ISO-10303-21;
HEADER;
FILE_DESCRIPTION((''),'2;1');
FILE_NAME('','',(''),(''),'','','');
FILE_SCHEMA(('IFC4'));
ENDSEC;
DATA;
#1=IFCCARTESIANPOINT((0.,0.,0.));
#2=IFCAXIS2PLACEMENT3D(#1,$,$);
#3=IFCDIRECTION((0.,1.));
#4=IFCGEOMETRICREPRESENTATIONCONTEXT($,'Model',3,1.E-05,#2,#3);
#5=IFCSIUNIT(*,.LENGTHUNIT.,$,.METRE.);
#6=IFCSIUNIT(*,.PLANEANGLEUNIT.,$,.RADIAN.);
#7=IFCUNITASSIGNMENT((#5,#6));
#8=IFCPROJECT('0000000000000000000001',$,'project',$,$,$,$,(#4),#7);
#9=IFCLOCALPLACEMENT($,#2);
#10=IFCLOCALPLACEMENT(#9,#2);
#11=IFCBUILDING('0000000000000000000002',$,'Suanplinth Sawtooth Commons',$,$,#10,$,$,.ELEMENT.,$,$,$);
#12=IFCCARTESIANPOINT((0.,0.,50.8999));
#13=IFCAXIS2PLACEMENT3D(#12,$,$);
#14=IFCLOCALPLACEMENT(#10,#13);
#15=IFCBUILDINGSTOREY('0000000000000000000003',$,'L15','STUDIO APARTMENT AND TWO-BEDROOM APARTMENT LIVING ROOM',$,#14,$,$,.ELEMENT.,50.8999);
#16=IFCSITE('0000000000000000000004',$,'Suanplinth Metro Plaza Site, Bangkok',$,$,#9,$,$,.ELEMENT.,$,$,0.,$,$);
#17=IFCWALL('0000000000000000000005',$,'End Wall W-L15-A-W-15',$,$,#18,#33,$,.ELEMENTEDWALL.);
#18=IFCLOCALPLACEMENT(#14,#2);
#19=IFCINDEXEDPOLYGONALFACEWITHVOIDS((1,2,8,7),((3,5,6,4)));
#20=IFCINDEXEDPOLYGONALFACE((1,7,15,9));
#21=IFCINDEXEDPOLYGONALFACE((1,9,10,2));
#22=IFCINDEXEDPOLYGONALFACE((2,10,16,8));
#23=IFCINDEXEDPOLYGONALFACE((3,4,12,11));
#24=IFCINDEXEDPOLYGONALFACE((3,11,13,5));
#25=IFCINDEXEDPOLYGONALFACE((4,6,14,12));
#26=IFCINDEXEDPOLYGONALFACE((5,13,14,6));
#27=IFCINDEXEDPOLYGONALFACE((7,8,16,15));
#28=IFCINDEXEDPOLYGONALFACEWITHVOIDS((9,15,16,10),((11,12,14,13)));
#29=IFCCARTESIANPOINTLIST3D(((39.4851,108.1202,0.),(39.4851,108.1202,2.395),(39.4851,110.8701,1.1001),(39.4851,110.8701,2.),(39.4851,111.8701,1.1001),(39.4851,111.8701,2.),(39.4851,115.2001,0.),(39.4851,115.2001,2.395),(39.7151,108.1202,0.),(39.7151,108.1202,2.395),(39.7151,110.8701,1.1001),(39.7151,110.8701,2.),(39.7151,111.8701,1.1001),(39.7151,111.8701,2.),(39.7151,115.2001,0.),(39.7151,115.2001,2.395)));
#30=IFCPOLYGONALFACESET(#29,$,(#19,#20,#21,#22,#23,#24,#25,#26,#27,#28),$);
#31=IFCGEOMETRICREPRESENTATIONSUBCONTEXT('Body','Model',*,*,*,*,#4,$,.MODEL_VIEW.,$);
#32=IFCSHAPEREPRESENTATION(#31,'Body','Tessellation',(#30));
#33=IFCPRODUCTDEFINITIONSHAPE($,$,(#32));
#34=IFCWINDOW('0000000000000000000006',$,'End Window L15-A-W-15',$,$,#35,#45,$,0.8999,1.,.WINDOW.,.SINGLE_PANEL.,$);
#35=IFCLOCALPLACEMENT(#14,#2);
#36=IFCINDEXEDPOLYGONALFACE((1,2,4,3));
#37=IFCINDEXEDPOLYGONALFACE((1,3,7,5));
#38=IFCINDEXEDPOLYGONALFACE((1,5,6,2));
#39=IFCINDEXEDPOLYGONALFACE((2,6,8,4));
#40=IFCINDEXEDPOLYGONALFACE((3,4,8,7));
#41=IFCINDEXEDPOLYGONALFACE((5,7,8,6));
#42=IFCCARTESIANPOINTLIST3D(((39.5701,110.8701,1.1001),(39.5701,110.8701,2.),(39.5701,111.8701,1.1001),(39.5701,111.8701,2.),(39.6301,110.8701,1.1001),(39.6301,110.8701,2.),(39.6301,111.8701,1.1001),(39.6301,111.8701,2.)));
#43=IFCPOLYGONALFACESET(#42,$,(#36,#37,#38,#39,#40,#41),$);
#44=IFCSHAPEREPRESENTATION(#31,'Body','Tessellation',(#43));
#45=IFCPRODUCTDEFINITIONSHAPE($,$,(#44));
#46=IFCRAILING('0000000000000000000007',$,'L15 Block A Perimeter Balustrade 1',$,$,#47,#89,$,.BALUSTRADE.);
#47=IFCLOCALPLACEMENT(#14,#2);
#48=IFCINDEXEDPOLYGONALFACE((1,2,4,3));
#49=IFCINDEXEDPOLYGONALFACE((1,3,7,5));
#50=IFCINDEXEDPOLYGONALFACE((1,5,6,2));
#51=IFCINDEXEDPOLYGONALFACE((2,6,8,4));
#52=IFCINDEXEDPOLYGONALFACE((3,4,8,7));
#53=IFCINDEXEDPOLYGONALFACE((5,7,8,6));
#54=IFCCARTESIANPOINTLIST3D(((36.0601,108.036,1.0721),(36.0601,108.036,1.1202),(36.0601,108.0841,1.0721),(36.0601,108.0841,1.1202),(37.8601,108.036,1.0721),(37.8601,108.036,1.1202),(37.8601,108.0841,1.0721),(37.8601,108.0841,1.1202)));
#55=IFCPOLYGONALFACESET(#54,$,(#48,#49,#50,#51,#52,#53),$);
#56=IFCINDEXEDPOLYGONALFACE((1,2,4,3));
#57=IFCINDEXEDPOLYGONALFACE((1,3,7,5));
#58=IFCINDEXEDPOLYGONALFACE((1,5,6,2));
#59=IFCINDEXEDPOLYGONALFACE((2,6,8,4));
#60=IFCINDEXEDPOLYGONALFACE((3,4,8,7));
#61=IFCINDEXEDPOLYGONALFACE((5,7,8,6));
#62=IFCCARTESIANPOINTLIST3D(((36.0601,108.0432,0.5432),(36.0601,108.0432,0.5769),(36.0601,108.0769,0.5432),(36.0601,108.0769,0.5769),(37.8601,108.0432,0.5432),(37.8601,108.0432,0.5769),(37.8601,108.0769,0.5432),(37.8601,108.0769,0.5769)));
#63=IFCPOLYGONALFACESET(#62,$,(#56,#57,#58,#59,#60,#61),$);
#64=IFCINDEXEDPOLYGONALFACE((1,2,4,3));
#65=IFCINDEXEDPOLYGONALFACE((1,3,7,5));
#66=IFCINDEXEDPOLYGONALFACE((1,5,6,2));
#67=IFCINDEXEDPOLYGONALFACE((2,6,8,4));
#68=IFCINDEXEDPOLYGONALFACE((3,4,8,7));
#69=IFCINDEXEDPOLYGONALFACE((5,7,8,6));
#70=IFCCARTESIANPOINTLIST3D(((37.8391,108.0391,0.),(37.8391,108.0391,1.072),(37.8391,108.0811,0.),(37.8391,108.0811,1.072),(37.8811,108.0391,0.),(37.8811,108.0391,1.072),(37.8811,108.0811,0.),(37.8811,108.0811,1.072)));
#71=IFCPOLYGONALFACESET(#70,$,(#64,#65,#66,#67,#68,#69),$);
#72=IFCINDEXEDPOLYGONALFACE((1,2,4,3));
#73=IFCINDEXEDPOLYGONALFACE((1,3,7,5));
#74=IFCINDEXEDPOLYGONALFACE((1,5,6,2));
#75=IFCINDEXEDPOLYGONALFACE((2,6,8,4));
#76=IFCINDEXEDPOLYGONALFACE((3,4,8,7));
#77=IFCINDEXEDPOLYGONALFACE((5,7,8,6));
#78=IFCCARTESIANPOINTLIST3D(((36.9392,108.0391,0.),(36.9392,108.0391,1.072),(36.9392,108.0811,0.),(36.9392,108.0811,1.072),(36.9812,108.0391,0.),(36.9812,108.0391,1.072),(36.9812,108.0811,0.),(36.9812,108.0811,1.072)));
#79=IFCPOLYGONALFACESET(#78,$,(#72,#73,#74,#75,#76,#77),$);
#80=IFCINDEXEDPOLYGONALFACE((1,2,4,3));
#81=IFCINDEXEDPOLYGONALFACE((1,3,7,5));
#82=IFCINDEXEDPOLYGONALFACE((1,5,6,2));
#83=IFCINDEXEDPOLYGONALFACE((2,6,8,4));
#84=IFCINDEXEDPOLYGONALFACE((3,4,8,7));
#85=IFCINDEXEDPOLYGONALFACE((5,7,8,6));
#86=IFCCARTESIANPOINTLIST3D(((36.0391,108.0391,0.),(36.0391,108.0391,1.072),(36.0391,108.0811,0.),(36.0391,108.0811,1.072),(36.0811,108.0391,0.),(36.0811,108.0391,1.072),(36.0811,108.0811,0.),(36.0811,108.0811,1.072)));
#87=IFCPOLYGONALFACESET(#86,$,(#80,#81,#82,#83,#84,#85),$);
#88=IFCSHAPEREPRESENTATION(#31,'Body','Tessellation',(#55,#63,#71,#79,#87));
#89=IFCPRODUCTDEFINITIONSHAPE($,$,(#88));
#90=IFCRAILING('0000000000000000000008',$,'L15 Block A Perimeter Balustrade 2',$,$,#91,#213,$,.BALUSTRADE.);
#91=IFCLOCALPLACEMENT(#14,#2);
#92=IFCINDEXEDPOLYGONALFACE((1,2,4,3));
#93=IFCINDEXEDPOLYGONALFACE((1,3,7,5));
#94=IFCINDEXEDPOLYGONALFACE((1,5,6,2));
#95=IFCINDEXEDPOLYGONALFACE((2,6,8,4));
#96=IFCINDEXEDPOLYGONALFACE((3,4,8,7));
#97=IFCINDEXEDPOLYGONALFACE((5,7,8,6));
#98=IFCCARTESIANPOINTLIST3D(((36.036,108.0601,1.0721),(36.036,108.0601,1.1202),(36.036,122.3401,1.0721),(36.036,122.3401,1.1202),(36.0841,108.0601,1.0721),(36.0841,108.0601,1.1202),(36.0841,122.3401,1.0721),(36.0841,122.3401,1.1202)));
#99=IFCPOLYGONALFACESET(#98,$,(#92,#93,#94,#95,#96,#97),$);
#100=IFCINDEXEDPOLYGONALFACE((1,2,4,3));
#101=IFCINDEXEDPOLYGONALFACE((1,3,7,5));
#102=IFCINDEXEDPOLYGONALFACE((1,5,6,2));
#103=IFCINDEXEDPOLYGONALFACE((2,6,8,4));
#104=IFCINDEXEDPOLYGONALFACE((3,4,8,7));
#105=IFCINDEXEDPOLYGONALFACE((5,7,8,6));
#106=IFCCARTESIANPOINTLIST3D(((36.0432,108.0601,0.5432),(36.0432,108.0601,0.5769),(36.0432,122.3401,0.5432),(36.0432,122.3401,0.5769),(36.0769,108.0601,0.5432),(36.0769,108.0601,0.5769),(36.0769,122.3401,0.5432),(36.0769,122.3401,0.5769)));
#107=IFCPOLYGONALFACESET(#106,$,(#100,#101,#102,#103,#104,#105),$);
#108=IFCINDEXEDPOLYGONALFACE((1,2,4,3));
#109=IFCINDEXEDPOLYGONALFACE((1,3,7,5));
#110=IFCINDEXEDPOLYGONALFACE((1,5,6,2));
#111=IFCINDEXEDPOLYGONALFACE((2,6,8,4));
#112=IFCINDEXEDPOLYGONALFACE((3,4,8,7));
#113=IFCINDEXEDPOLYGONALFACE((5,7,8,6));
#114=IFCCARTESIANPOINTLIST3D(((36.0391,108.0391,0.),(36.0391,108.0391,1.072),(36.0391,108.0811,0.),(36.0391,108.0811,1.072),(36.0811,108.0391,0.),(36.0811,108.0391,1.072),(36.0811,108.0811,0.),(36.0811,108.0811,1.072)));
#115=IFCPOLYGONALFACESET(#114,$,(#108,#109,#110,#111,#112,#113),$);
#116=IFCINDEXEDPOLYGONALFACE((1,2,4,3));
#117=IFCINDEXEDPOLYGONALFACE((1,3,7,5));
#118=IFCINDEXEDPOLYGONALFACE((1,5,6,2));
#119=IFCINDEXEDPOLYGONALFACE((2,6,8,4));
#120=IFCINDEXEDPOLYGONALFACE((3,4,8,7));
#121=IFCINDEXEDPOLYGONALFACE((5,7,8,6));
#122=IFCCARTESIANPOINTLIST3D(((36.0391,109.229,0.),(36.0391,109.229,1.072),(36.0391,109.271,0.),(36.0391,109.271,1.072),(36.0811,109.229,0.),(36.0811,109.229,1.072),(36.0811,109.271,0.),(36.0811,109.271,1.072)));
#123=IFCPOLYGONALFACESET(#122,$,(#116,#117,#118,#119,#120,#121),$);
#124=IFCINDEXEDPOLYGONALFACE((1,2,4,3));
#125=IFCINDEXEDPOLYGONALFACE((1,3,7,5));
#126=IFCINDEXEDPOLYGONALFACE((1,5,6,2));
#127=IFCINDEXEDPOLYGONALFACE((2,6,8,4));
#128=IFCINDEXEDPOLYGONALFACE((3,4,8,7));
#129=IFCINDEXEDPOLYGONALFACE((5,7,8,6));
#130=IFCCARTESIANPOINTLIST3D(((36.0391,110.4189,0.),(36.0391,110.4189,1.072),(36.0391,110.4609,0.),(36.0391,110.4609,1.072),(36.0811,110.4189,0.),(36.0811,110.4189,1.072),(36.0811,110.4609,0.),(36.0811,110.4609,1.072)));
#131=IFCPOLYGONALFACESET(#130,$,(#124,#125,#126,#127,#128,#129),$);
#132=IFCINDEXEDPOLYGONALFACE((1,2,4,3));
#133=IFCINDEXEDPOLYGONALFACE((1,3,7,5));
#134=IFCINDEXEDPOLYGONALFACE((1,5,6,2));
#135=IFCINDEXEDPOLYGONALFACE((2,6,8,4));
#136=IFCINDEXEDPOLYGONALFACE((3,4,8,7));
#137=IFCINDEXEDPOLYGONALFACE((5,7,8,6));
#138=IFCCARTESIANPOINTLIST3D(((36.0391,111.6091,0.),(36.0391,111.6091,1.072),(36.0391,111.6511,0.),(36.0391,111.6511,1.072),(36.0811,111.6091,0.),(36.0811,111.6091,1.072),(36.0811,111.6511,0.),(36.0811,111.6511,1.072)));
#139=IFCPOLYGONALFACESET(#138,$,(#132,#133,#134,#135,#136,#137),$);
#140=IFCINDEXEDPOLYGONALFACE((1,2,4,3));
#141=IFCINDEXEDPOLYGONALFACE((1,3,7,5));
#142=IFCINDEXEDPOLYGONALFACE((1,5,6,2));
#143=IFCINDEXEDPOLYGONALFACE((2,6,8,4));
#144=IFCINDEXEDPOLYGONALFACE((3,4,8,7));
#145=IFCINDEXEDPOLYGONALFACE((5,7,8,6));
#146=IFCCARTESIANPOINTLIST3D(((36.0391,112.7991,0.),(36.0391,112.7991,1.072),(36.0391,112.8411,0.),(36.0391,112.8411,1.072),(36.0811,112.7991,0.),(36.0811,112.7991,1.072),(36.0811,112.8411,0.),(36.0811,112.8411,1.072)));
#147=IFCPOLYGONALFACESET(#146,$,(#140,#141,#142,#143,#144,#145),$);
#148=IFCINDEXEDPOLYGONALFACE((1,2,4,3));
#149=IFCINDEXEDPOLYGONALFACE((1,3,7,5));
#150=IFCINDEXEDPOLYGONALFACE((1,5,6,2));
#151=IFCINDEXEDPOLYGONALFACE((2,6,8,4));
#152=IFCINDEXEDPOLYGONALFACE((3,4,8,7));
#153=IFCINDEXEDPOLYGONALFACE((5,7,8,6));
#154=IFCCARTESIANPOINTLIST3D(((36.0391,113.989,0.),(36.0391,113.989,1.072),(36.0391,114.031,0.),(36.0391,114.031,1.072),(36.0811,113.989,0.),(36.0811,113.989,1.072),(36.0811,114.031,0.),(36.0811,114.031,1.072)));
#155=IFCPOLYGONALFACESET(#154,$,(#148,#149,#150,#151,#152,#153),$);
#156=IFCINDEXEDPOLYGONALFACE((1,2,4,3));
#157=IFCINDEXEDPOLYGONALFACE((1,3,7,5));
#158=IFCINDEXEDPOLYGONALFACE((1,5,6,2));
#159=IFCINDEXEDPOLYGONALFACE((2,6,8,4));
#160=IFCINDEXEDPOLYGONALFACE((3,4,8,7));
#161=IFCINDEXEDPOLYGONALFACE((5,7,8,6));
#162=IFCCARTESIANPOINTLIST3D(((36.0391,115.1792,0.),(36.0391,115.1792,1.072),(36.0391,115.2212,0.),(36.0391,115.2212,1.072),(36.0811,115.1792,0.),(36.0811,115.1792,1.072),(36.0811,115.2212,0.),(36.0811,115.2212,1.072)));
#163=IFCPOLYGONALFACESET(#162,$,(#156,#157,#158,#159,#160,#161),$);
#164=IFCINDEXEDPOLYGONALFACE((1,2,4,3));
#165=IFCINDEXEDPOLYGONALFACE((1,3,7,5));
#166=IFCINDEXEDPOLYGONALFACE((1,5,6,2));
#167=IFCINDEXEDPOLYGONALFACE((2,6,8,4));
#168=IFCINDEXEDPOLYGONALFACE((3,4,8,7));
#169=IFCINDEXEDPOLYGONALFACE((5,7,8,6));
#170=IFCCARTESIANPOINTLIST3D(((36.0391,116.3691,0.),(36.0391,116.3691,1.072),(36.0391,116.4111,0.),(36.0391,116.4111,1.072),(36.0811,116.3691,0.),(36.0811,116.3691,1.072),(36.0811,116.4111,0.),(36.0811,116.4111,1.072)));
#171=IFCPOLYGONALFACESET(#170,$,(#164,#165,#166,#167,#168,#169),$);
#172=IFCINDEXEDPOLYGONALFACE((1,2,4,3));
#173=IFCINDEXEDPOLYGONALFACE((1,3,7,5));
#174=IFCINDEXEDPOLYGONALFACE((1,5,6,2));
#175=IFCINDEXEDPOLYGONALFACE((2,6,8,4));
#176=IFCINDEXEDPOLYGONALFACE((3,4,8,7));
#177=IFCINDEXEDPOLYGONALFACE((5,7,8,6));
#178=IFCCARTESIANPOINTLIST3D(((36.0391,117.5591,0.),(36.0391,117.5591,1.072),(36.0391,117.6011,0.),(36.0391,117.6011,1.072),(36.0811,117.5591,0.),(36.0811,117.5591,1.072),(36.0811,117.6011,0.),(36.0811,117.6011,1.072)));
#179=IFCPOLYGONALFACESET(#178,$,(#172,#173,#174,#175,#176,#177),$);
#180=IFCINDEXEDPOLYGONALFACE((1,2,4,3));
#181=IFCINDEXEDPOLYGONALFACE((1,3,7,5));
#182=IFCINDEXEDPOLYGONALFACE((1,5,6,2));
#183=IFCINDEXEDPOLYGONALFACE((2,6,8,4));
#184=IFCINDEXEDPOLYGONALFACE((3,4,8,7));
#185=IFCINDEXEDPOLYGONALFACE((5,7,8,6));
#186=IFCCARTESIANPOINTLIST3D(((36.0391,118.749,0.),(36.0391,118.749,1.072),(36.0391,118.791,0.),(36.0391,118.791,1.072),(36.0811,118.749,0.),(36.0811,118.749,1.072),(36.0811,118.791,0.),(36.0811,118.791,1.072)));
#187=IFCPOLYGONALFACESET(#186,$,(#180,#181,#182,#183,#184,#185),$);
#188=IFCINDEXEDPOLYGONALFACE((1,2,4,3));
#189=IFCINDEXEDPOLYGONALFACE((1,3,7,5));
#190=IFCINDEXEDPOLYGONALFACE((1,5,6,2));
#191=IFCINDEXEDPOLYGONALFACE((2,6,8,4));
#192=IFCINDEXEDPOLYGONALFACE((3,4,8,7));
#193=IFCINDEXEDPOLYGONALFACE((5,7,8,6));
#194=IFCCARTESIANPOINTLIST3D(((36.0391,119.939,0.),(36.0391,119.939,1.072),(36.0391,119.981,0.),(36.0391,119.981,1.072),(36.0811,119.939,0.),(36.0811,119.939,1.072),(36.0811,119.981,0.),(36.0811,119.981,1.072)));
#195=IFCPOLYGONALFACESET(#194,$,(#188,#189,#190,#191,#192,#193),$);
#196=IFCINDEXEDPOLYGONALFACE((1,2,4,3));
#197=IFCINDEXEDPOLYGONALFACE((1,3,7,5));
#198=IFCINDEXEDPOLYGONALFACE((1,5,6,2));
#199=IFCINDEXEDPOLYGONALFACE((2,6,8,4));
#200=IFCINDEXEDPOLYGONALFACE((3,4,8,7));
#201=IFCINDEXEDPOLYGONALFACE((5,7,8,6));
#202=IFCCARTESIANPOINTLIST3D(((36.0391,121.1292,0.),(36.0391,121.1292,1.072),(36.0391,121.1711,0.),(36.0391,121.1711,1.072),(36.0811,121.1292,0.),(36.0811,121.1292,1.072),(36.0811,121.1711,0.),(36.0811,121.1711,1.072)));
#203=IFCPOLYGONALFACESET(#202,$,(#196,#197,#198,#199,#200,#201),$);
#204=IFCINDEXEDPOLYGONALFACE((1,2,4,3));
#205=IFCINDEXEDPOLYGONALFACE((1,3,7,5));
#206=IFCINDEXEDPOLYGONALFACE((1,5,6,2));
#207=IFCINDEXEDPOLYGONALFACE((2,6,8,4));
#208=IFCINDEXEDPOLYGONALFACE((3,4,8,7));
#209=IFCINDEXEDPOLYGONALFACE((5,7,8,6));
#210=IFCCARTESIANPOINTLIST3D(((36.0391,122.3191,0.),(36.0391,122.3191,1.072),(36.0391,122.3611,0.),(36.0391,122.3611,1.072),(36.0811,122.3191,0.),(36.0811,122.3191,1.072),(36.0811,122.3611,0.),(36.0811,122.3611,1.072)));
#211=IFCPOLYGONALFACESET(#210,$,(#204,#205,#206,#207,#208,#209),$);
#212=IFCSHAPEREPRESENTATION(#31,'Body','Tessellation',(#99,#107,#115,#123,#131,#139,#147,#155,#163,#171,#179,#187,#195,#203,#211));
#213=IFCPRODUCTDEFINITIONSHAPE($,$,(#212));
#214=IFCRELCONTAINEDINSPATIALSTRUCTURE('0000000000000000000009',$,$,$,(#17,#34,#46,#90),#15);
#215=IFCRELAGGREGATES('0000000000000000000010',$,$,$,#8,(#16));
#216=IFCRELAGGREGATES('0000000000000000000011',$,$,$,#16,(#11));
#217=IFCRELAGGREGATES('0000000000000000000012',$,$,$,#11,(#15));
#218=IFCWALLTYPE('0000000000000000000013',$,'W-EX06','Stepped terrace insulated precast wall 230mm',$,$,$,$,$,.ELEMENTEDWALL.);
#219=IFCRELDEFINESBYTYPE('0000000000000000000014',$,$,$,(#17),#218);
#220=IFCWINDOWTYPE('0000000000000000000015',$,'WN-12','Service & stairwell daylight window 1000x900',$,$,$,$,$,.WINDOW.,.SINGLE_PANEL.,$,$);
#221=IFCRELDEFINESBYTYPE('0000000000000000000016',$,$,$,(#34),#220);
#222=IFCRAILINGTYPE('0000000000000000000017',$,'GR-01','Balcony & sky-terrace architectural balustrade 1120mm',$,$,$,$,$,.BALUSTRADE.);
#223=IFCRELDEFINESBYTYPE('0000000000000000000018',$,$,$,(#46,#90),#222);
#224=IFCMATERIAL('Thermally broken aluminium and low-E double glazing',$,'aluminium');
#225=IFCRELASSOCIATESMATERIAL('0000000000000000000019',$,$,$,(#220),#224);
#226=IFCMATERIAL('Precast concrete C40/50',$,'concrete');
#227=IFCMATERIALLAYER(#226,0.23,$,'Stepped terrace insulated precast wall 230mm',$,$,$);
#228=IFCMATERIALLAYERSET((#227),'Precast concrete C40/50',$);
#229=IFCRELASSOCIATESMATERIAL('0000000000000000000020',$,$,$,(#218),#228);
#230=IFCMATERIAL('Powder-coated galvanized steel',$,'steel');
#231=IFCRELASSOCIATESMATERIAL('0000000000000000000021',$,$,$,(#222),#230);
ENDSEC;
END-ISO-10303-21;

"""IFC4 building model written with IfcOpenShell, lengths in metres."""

from ifc_helpers import new_model, si_unit, direction, frame, frame_2d, origin, origin_2d, place, context, subcontext, project, spatial, rectangle, extrude, material, layer, layer_set, type_object, element, fill, save


model = new_model("IFC4")

# Units and contexts
model_context = context("Model", 3, precision=1e-05, world=origin(), true_north=direction((0.0, 1.0)))
body_context = subcontext(model_context, "Body", "Model", "MODEL_VIEW")
ifc_project = project(units=[si_unit("LENGTHUNIT", "METRE"), si_unit("PLANEANGLEUNIT", "RADIAN")], contexts=[model_context])

# Site, building, storey
site_placement = place(None, origin())
site = spatial("IfcSite", under=ifc_project, at=site_placement, Name="Suanplinth Metro Plaza Site, Bangkok", CompositionType="ELEMENT", RefElevation=0.0)
building_placement = place(site_placement, origin())
building = spatial("IfcBuilding", under=site, at=building_placement, Name="Suanplinth Sawtooth Commons", CompositionType="ELEMENT")
storey_placement = place(building_placement, frame((0.0, 0.0, 50.8999)))
storey = spatial("IfcBuildingStorey", under=building, at=storey_placement, Name="L15", Description="STUDIO APARTMENT AND TWO-BEDROOM APARTMENT LIVING ROOM", CompositionType="ELEMENT", Elevation=50.8999)

# Shared definitions
ifc_material_1 = material(Name="Precast concrete C40/50", Category="concrete")

# Wall, opening, window
ifc_material_2 = material(Name="Thermally broken aluminium and low-E double glazing", Category="aluminium")
window_type = type_object("IfcWindowType", Name="WN-12", Description="Service & stairwell daylight window 1000x900", PartitioningType="SINGLE_PANEL", PredefinedType="WINDOW", material=ifc_material_2)
ifc_layer_1 = layer(ifc_material_1, 0.23, Name="Stepped terrace insulated precast wall 230mm")
ifc_layer_set_1 = layer_set([ifc_layer_1], Name="Precast concrete C40/50")
wall_type_1 = type_object("IfcWallType", Name="W-EX06", Description="Stepped terrace insulated precast wall 230mm", PredefinedType="ELEMENTEDWALL", material=ifc_layer_set_1)
wall_1_placement = place(storey_placement, frame((39.6001, 108.1201, 0.0), z_axis=(0.0, 0.0, 1.0), x_axis=(0.0, 1.0, 0.0)))
wall_1 = element("IfcWall", 1, at=wall_1_placement, inside=storey, type_object=wall_type_1, Name="End Wall W-L15-A-W-15", PredefinedType="ELEMENTEDWALL", context=body_context, shape_type="SweptSolid", body=[
    extrude(rectangle(XDim=7.0798, YDim=0.23, at=frame_2d((3.54, 0.0))), origin(), (0.0, 0.0, 1.0), 2.395),
])
opening_1_placement = place(wall_1_placement, frame((2.75, 0.0, 1.1001)))
opening_1 = element("IfcOpeningElement", 2, at=opening_1_placement, cuts=wall_1, PredefinedType="OPENING", context=body_context, shape_type="SweptSolid", body=[
    extrude(rectangle(XDim=1.0, YDim=0.8999, at=frame_2d((0.5, 0.45))), frame((0.0, 0.1299, 0.0), z_axis=(0.0, -1.0, 0.0), x_axis=(1.0, 0.0, 0.0)), (0.0, 0.0, 1.0), 0.2598),
])
window_1_placement = place(opening_1_placement, origin())
window_1 = element("IfcWindow", 3, at=window_1_placement, inside=storey, type_object=window_type, Name="End Window L15-A-W-15", OverallHeight=0.8999, OverallWidth=1.0, PartitioningType="SINGLE_PANEL", PredefinedType="WINDOW", context=body_context, shape_type="SweptSolid", body=[
    extrude(rectangle(XDim=1.0, YDim=0.8999, at=frame_2d((0.5, 0.45))), frame((0.0, 0.03, 0.0), z_axis=(0.0, -1.0, 0.0), x_axis=(1.0, 0.0, 0.0)), (0.0, 0.0, 1.0), 0.0601),
])
fill(opening_1, window_1)

# Railings
ifc_material_3 = material(Name="Powder-coated galvanized steel", Category="steel")
railing_type_1 = type_object("IfcRailingType", Name="GR-01", Description="Balcony & sky-terrace architectural balustrade 1120mm", PredefinedType="BALUSTRADE", material=ifc_material_3)
railing_1_placement = place(storey_placement, frame((37.8601, 108.0601, 0.0)))
element("IfcRailing", 4, at=railing_1_placement, inside=storey, type_object=railing_type_1, Name="L15 Block A Perimeter Balustrade 1", PredefinedType="BALUSTRADE", context=body_context, shape_type="SweptSolid", body=[
    extrude(rectangle(XDim=0.0481, YDim=0.0481, at=origin_2d()), frame((0.0, 0.0, 1.0962), z_axis=(-1.0, 0.0, 0.0), x_axis=(0.0, -1.0, 0.0)), (0.0, 0.0, 1.0), 1.8),
    extrude(rectangle(XDim=0.0337, YDim=0.0337, at=origin_2d()), frame((0.0, 0.0, 0.5601), z_axis=(-1.0, 0.0, 0.0), x_axis=(0.0, -1.0, 0.0)), (0.0, 0.0, 1.0), 1.8),
    extrude(rectangle(XDim=0.042, YDim=0.042, at=origin_2d()), origin(), (0.0, 0.0, 1.0), 1.072),
    extrude(rectangle(XDim=0.042, YDim=0.042, at=origin_2d()), frame((-0.8999, 0.0, 0.0)), (0.0, 0.0, 1.0), 1.072),
    extrude(rectangle(XDim=0.042, YDim=0.042, at=origin_2d()), frame((-1.8, 0.0, 0.0)), (0.0, 0.0, 1.0), 1.072),
])
railing_2_placement = place(storey_placement, frame((36.0601, 108.0601, 0.0)))
element("IfcRailing", 5, at=railing_2_placement, inside=storey, type_object=railing_type_1, Name="L15 Block A Perimeter Balustrade 2", PredefinedType="BALUSTRADE", context=body_context, shape_type="SweptSolid", body=[
    extrude(rectangle(XDim=0.0481, YDim=0.0481, at=origin_2d()), frame((0.0, 0.0, 1.0962), z_axis=(0.0, 1.0, 0.0), x_axis=(-1.0, 0.0, 0.0)), (0.0, 0.0, 1.0), 14.28),
    extrude(rectangle(XDim=0.0337, YDim=0.0337, at=origin_2d()), frame((0.0, 0.0, 0.5601), z_axis=(0.0, 1.0, 0.0), x_axis=(-1.0, 0.0, 0.0)), (0.0, 0.0, 1.0), 14.28),
    extrude(rectangle(XDim=0.042, YDim=0.042, at=origin_2d()), origin(), (0.0, 0.0, 1.0), 1.072),
    extrude(rectangle(XDim=0.042, YDim=0.042, at=origin_2d()), frame((0.0, 1.1899, 0.0)), (0.0, 0.0, 1.0), 1.072),
    extrude(rectangle(XDim=0.042, YDim=0.042, at=origin_2d()), frame((0.0, 2.3799, 0.0)), (0.0, 0.0, 1.0), 1.072),
    extrude(rectangle(XDim=0.042, YDim=0.042, at=origin_2d()), frame((0.0, 3.5701, 0.0)), (0.0, 0.0, 1.0), 1.072),
    extrude(rectangle(XDim=0.042, YDim=0.042, at=origin_2d()), frame((0.0, 4.76, 0.0)), (0.0, 0.0, 1.0), 1.072),
    extrude(rectangle(XDim=0.042, YDim=0.042, at=origin_2d()), frame((0.0, 5.95, 0.0)), (0.0, 0.0, 1.0), 1.072),
    extrude(rectangle(XDim=0.042, YDim=0.042, at=origin_2d()), frame((0.0, 7.1401, 0.0)), (0.0, 0.0, 1.0), 1.072),
    extrude(rectangle(XDim=0.042, YDim=0.042, at=origin_2d()), frame((0.0, 8.3301, 0.0)), (0.0, 0.0, 1.0), 1.072),
    extrude(rectangle(XDim=0.042, YDim=0.042, at=origin_2d()), frame((0.0, 9.52, 0.0)), (0.0, 0.0, 1.0), 1.072),
    extrude(rectangle(XDim=0.042, YDim=0.042, at=origin_2d()), frame((0.0, 10.71, 0.0)), (0.0, 0.0, 1.0), 1.072),
    extrude(rectangle(XDim=0.042, YDim=0.042, at=origin_2d()), frame((0.0, 11.8999, 0.0)), (0.0, 0.0, 1.0), 1.072),
    extrude(rectangle(XDim=0.042, YDim=0.042, at=origin_2d()), frame((0.0, 13.0901, 0.0)), (0.0, 0.0, 1.0), 1.072),
    extrude(rectangle(XDim=0.042, YDim=0.042, at=origin_2d()), frame((0.0, 14.28, 0.0)), (0.0, 0.0, 1.0), 1.072),
])

save(model, "model.ifc")
